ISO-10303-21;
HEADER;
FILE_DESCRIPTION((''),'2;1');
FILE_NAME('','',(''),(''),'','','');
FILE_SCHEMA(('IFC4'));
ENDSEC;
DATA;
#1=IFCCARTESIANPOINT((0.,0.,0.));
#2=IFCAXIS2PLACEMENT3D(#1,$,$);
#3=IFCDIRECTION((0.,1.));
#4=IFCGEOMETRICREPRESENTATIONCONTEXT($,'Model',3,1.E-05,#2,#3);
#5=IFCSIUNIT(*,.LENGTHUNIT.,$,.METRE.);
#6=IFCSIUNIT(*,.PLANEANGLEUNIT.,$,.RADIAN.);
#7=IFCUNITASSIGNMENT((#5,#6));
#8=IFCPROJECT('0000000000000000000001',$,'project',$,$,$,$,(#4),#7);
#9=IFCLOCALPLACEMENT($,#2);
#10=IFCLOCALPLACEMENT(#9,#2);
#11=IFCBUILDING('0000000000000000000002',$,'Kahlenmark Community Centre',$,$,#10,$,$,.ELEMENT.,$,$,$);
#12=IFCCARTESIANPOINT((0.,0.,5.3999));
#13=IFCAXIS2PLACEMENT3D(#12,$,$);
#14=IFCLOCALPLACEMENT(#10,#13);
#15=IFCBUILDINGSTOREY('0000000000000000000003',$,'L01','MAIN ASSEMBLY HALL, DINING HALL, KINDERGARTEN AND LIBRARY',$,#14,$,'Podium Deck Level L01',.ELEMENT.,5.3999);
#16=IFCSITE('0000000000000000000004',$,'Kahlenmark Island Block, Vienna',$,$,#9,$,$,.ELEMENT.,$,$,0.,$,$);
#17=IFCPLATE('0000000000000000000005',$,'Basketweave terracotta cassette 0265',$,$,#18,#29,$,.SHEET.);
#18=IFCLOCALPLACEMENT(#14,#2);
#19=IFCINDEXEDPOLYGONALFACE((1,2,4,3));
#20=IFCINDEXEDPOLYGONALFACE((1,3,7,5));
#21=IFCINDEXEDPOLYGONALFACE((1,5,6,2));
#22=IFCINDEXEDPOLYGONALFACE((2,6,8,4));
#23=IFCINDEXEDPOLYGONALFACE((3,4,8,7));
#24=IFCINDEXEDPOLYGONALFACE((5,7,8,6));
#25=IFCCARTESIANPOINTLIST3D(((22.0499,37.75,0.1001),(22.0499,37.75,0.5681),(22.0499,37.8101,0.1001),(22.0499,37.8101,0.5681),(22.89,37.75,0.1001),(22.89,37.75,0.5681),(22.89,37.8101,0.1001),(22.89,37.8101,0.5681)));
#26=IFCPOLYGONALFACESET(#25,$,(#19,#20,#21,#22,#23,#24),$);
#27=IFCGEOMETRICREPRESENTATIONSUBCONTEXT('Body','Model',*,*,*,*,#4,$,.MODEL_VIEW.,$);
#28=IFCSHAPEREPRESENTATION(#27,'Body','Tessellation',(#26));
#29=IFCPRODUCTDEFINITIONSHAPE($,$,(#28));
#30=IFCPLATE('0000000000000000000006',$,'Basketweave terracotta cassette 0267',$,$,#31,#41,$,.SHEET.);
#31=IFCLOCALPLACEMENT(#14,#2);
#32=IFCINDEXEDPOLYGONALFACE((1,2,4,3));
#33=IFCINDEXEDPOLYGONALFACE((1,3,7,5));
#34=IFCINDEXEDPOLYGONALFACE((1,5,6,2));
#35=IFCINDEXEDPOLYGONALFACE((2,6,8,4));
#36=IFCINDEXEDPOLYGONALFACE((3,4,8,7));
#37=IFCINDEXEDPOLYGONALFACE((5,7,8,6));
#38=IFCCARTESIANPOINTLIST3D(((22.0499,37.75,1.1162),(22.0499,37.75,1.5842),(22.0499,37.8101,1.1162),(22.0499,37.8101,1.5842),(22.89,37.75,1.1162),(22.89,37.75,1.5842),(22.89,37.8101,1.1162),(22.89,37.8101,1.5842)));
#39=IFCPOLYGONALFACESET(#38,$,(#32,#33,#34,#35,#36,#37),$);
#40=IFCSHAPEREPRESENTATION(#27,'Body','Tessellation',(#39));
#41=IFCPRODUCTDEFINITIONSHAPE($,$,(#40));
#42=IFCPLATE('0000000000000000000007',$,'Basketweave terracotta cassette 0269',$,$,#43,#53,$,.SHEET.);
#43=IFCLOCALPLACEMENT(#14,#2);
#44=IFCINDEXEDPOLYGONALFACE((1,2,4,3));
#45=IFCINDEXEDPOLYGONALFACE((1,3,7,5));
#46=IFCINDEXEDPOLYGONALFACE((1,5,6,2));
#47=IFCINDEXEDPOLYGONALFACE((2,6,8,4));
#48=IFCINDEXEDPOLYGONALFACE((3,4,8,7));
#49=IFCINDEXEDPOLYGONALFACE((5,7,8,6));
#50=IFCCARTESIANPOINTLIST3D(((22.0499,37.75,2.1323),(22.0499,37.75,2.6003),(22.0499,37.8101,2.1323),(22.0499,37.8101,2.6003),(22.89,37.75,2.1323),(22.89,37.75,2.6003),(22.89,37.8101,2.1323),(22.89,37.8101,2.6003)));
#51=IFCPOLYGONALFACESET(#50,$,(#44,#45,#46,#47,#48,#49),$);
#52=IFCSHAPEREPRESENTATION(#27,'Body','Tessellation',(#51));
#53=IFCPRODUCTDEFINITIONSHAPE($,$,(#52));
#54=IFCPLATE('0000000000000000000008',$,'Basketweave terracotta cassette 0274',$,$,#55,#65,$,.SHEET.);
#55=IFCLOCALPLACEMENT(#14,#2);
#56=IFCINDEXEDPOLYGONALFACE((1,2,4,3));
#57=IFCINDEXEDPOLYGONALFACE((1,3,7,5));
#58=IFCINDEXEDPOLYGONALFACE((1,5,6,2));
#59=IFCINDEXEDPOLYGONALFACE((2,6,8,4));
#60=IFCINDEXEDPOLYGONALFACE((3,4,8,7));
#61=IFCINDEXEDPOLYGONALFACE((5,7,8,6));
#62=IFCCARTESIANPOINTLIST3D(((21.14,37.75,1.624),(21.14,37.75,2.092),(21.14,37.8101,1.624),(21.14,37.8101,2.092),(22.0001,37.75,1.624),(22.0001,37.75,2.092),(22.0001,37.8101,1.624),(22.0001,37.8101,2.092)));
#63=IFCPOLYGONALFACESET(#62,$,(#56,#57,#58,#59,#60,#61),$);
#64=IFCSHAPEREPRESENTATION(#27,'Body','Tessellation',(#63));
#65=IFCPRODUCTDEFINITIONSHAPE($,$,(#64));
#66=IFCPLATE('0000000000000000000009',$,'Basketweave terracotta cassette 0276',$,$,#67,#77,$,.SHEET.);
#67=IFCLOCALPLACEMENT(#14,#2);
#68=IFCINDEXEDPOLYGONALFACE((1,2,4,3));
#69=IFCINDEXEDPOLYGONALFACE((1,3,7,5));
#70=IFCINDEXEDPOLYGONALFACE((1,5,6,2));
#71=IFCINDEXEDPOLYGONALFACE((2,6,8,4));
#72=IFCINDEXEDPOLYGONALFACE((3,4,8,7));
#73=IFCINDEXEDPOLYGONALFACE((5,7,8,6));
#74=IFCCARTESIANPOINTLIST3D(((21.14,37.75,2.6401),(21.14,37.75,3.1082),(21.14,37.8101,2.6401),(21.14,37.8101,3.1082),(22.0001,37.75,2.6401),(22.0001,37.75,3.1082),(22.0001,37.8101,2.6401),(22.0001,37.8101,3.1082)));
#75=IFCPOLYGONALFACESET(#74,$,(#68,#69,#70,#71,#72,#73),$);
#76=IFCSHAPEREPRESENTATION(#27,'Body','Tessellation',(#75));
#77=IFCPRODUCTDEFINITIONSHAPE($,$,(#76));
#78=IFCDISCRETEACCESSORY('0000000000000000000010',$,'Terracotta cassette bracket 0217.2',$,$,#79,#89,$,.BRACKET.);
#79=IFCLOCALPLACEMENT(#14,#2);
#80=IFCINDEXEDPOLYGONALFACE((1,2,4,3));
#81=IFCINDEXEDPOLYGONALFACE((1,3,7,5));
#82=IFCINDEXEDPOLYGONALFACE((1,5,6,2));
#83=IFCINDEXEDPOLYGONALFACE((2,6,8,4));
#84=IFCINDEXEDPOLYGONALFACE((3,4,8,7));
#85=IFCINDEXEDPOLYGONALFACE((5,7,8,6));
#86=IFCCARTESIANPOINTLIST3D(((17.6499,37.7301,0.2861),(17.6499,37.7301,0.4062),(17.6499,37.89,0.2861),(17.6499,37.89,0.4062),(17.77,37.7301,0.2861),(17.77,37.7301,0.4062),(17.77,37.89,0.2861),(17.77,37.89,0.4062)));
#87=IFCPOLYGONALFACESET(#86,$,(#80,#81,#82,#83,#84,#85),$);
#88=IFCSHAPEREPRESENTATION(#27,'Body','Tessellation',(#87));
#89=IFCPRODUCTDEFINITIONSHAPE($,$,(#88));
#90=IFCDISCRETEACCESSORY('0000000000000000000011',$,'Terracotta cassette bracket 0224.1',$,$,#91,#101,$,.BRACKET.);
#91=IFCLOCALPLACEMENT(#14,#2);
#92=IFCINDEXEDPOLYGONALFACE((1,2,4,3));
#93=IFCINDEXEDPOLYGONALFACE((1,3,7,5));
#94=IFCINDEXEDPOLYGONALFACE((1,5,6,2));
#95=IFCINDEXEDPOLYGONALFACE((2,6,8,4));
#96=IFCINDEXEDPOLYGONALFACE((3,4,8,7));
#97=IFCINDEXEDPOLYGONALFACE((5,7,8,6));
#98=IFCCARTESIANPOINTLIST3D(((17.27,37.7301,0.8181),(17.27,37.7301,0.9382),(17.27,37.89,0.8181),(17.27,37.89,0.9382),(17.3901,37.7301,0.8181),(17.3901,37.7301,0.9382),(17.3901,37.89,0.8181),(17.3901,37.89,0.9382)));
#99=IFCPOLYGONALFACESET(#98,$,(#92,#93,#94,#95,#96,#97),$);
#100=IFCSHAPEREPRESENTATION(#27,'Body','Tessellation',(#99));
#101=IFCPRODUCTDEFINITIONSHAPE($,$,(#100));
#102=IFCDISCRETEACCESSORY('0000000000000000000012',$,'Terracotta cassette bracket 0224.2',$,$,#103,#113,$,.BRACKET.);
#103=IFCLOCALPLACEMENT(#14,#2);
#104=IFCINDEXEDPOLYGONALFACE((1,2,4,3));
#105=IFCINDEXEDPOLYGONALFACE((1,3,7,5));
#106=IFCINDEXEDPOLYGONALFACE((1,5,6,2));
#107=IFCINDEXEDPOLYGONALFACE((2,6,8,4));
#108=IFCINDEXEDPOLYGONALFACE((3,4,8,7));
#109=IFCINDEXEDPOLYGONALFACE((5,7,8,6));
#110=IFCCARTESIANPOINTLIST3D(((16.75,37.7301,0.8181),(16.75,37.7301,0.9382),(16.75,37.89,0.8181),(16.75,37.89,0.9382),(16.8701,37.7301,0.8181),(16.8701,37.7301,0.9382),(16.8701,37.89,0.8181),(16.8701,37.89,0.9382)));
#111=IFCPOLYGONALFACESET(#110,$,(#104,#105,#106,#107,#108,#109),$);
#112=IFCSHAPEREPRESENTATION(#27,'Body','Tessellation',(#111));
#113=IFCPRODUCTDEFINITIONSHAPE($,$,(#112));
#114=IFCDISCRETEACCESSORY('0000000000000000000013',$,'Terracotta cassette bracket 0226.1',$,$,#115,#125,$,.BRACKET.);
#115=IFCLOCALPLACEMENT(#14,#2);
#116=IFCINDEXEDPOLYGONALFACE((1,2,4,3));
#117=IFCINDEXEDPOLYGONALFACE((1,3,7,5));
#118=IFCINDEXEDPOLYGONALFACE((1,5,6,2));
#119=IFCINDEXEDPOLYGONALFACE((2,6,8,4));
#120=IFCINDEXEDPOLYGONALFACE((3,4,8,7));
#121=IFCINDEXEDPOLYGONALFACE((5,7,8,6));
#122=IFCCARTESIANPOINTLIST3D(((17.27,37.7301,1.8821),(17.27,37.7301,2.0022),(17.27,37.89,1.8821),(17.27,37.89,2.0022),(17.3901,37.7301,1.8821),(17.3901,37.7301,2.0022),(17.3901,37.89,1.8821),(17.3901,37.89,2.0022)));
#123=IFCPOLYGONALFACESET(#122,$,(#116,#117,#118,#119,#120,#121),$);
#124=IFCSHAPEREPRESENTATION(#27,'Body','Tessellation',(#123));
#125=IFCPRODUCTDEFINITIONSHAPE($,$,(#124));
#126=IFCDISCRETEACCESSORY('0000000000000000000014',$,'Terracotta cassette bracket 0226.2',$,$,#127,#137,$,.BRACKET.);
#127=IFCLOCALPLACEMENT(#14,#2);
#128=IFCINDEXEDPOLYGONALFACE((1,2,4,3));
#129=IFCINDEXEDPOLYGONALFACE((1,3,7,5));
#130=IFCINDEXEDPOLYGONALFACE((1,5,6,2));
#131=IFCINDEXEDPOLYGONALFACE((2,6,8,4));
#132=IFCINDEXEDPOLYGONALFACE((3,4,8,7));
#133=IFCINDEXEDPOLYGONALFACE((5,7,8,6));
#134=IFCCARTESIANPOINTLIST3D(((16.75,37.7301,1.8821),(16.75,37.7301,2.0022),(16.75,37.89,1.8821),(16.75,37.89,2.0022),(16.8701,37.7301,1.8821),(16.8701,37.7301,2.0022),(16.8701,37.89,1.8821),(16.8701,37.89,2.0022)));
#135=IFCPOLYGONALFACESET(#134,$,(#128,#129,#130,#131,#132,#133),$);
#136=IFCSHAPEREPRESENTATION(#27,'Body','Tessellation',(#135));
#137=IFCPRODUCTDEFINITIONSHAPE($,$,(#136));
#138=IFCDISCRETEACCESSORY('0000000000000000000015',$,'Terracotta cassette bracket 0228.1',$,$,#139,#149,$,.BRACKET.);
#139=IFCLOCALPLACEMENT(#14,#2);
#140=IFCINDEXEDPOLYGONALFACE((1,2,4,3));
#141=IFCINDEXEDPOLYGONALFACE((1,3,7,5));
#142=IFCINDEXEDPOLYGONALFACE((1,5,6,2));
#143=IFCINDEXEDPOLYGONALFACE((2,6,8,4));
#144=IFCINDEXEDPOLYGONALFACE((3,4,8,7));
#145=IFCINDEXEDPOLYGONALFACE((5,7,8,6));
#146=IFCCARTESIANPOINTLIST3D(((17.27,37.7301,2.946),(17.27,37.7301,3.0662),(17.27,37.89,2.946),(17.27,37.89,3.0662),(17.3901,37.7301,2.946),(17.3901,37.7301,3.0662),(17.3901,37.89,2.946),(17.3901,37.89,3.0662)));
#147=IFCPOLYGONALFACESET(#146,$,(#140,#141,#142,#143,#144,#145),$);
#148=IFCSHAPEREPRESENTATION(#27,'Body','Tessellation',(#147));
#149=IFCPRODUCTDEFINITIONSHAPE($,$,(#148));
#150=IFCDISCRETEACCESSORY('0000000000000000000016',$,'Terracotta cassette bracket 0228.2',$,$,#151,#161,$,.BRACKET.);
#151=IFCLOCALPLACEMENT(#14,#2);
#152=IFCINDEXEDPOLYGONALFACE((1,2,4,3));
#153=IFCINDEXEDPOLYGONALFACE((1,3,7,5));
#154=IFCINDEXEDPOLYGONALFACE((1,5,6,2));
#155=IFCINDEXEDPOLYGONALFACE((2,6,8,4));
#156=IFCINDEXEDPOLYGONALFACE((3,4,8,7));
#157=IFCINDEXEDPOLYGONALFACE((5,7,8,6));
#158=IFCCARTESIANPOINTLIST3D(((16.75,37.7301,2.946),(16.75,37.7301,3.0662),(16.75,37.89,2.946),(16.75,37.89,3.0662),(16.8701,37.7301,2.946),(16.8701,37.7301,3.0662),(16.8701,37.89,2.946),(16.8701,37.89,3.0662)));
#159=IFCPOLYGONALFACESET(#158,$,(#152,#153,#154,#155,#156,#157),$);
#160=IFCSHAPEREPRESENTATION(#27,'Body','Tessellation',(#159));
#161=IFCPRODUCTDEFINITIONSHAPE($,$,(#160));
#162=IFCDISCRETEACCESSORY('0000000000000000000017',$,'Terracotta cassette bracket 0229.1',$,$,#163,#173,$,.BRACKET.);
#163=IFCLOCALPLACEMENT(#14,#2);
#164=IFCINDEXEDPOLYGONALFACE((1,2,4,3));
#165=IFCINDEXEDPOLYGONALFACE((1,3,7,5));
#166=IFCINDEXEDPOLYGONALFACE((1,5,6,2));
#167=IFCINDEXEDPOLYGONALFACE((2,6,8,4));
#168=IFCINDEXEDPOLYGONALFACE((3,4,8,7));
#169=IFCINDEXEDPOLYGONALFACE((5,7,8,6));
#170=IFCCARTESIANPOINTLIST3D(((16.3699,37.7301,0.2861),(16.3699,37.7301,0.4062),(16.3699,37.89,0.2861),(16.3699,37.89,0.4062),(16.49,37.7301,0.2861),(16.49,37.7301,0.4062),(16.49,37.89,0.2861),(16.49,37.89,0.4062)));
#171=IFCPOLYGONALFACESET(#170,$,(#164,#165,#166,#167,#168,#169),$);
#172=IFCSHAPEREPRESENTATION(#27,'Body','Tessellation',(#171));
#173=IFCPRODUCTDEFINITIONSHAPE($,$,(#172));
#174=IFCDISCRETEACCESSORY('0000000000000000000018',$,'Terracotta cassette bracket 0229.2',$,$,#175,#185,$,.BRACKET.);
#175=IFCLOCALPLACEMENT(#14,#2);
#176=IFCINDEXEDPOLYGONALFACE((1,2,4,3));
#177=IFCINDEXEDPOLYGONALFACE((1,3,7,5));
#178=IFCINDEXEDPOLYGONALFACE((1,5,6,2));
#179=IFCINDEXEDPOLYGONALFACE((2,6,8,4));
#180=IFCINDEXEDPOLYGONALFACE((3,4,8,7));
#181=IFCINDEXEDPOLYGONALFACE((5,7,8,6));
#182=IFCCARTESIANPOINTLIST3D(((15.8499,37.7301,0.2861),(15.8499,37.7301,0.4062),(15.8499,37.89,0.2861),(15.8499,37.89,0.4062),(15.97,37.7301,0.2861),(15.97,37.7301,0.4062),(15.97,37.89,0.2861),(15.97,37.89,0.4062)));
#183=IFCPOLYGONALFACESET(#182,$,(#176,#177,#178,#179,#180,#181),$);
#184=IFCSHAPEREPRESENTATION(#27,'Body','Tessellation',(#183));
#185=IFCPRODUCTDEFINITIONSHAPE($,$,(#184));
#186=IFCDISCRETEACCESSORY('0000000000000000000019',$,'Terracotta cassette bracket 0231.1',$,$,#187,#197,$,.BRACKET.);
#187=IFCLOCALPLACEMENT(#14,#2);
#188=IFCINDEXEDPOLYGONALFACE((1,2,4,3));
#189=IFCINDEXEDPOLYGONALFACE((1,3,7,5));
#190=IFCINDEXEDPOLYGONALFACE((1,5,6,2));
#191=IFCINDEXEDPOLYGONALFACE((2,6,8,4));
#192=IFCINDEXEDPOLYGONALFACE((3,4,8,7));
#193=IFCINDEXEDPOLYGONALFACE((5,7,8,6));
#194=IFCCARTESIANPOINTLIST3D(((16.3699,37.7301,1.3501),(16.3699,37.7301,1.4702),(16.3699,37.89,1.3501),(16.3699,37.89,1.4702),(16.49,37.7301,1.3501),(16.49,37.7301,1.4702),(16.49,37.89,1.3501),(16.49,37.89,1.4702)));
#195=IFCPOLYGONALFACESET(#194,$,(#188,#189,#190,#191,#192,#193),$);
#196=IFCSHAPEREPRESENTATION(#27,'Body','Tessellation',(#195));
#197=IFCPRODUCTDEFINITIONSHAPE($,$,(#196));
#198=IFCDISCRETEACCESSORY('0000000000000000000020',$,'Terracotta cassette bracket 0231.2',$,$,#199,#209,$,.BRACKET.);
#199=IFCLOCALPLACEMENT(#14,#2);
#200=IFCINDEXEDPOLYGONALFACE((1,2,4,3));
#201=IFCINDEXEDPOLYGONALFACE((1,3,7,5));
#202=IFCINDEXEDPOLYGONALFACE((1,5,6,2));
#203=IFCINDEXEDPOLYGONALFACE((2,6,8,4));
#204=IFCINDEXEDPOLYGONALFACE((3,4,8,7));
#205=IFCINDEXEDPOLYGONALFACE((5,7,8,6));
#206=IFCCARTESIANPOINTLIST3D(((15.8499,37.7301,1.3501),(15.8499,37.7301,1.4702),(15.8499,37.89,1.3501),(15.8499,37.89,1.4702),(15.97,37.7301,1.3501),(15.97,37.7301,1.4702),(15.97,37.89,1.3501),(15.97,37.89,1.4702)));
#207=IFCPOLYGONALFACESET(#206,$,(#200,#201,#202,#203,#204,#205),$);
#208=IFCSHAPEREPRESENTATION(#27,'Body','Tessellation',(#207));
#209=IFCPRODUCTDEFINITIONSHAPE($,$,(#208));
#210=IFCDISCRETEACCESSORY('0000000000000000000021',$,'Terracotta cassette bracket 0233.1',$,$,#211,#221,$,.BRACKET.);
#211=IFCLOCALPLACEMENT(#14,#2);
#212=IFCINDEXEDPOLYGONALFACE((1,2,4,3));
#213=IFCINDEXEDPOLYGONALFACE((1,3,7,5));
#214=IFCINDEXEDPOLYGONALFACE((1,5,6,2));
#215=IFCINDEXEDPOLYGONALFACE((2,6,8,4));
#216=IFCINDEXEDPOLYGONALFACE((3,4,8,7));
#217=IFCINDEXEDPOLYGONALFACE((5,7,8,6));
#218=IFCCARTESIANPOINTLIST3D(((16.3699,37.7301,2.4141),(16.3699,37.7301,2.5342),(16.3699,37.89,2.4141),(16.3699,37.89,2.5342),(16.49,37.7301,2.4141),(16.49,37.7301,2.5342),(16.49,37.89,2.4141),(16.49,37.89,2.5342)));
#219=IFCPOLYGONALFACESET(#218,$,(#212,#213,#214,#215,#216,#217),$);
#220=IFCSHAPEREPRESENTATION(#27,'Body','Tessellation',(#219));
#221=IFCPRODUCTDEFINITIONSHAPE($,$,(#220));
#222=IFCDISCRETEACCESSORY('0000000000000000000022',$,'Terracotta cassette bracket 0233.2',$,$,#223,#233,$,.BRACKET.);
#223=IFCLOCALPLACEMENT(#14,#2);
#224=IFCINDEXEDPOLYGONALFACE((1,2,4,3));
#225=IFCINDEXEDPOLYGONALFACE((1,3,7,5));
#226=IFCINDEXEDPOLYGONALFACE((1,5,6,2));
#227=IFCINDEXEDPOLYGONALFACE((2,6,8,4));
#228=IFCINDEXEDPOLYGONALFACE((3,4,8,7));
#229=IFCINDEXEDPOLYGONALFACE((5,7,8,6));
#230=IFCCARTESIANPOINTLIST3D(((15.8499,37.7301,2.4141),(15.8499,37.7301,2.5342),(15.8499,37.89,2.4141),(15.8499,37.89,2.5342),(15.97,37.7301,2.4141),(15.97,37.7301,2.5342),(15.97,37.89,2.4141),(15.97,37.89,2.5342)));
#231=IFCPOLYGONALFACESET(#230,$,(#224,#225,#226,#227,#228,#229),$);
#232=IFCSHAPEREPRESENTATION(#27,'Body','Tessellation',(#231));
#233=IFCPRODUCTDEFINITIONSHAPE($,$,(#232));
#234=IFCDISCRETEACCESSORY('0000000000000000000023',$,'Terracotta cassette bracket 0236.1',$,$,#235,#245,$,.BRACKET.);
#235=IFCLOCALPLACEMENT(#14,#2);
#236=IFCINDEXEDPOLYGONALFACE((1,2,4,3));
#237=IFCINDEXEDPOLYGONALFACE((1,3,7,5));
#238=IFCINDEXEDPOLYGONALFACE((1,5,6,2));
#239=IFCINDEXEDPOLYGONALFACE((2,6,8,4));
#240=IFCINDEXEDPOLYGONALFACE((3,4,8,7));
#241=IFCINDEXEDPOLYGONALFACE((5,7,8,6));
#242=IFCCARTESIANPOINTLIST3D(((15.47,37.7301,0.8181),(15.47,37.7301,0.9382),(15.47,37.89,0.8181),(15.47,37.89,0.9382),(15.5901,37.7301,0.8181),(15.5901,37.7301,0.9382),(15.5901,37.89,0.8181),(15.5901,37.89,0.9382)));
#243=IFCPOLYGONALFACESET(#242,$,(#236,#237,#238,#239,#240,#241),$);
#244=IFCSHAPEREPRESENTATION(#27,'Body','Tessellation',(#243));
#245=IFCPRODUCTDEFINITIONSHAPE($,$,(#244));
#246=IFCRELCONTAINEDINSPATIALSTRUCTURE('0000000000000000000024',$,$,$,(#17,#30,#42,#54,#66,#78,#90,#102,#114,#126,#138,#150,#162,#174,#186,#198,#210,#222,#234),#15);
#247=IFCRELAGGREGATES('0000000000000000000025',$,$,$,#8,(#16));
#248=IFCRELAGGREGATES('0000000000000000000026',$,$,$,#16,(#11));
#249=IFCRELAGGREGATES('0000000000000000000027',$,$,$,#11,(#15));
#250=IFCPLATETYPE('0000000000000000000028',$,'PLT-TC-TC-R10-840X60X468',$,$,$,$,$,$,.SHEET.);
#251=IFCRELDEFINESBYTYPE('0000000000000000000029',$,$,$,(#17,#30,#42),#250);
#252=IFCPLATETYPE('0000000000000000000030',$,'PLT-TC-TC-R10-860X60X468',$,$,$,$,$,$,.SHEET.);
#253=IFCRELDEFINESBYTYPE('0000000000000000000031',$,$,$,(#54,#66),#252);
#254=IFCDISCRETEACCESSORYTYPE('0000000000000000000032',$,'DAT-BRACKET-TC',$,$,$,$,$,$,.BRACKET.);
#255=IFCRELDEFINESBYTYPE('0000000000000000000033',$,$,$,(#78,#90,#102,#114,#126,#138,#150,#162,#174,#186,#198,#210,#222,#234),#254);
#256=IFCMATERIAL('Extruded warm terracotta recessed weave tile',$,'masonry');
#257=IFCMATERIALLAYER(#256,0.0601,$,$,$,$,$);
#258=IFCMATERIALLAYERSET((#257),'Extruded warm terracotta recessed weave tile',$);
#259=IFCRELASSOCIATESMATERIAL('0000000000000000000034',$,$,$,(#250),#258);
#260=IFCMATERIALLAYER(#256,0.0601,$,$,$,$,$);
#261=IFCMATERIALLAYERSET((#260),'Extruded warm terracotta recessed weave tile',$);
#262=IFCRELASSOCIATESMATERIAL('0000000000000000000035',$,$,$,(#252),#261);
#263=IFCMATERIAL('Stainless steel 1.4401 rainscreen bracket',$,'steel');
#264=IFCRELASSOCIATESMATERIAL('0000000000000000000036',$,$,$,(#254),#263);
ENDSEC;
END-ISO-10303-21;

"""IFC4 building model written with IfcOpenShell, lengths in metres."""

from ifc_helpers import new_model, si_unit, direction, frame, origin, origin_2d, place, context, subcontext, project, spatial, rectangle, extrude, material, layer, layer_set, type_object, element, save


model = new_model("IFC4")

# Units and contexts
model_context = context("Model", 3, precision=1e-05, world=origin(), true_north=direction((0.0, 1.0)))
body_context = subcontext(model_context, "Body", "Model", "MODEL_VIEW")
ifc_project = project(units=[si_unit("LENGTHUNIT", "METRE"), si_unit("PLANEANGLEUNIT", "RADIAN")], contexts=[model_context])

# Site, building, storey
site_placement = place(None, origin())
site = spatial("IfcSite", under=ifc_project, at=site_placement, Name="Kahlenmark Island Block, Vienna", CompositionType="ELEMENT", RefElevation=0.0)
building_placement = place(site_placement, origin())
building = spatial("IfcBuilding", under=site, at=building_placement, Name="Kahlenmark Community Centre", CompositionType="ELEMENT")
storey_placement = place(building_placement, frame((0.0, 0.0, 5.3999)))
storey = spatial("IfcBuildingStorey", under=building, at=storey_placement, Name="L01", Description="MAIN ASSEMBLY HALL, DINING HALL, KINDERGARTEN AND LIBRARY", LongName="Podium Deck Level L01", CompositionType="ELEMENT", Elevation=5.3999)

# Plates
ifc_material_1 = material(Name="Extruded warm terracotta recessed weave tile", Category="masonry")
ifc_layer_1 = layer(ifc_material_1, 0.0601)
ifc_layer_set_1 = layer_set([ifc_layer_1], Name="Extruded warm terracotta recessed weave tile")
plate_type_1 = type_object("IfcPlateType", Name="PLT-TC-TC-R10-840X60X468", PredefinedType="SHEET", material=ifc_layer_set_1)
for number, where, z_axis, x_axis, name in (
    (1, (22.47, 37.78, 0.1001), (0.0, 0.0, 1.0), (-1.0, 0.0, 0.0), "Basketweave terracotta cassette 0265"),
    (2, (22.47, 37.78, 1.1162), (0.0, 0.0, 1.0), (-1.0, 0.0, 0.0), "Basketweave terracotta cassette 0267"),
    (3, (22.47, 37.78, 2.1323), (0.0, 0.0, 1.0), (-1.0, 0.0, 0.0), "Basketweave terracotta cassette 0269"),
):
    element("IfcPlate", number, at=place(storey_placement, frame(where, z_axis=z_axis, x_axis=x_axis)), inside=storey, type_object=plate_type_1, Name=name, PredefinedType="SHEET", context=body_context, shape_type="SweptSolid", body=[
        extrude(rectangle(XDim=0.8401, YDim=0.0601, at=origin_2d()), origin(), (0.0, 0.0, 1.0), 0.468),
    ])
ifc_layer_2 = layer(ifc_material_1, 0.0601)
ifc_layer_set_2 = layer_set([ifc_layer_2], Name="Extruded warm terracotta recessed weave tile")
plate_type_2 = type_object("IfcPlateType", Name="PLT-TC-TC-R10-860X60X468", PredefinedType="SHEET", material=ifc_layer_set_2)
for number, where, z_axis, x_axis, name in (
    (4, (21.5701, 37.78, 1.624), (0.0, 0.0, 1.0), (-1.0, 0.0, 0.0), "Basketweave terracotta cassette 0274"),
    (5, (21.5701, 37.78, 2.6401), (0.0, 0.0, 1.0), (-1.0, 0.0, 0.0), "Basketweave terracotta cassette 0276"),
):
    element("IfcPlate", number, at=place(storey_placement, frame(where, z_axis=z_axis, x_axis=x_axis)), inside=storey, type_object=plate_type_2, Name=name, PredefinedType="SHEET", context=body_context, shape_type="SweptSolid", body=[
        extrude(rectangle(XDim=0.8601, YDim=0.0601, at=origin_2d()), origin(), (0.0, 0.0, 1.0), 0.468),
    ])

# Discrete accessories
ifc_material_2 = material(Name="Stainless steel 1.4401 rainscreen bracket", Category="steel")
discrete_accessory_type = type_object("IfcDiscreteAccessoryType", Name="DAT-BRACKET-TC", PredefinedType="BRACKET", material=ifc_material_2)
for number, where, z_axis, x_axis, name in (
    (6, (17.71, 37.8101, 0.2861), (0.0, 0.0, 1.0), (-1.0, 0.0, 0.0), "Terracotta cassette bracket 0217.2"),
    (7, (17.3301, 37.8101, 0.8181), (0.0, 0.0, 1.0), (-1.0, 0.0, 0.0), "Terracotta cassette bracket 0224.1"),
    (8, (16.8101, 37.8101, 0.8181), (0.0, 0.0, 1.0), (-1.0, 0.0, 0.0), "Terracotta cassette bracket 0224.2"),
    (9, (17.3301, 37.8101, 1.8821), (0.0, 0.0, 1.0), (-1.0, 0.0, 0.0), "Terracotta cassette bracket 0226.1"),
    (10, (16.8101, 37.8101, 1.8821), (0.0, 0.0, 1.0), (-1.0, 0.0, 0.0), "Terracotta cassette bracket 0226.2"),
    (11, (17.3301, 37.8101, 2.946), (0.0, 0.0, 1.0), (-1.0, 0.0, 0.0), "Terracotta cassette bracket 0228.1"),
    (12, (16.8101, 37.8101, 2.946), (0.0, 0.0, 1.0), (-1.0, 0.0, 0.0), "Terracotta cassette bracket 0228.2"),
    (13, (16.4299, 37.8101, 0.2861), (0.0, 0.0, 1.0), (-1.0, 0.0, 0.0), "Terracotta cassette bracket 0229.1"),
    (14, (15.9099, 37.8101, 0.2861), (0.0, 0.0, 1.0), (-1.0, 0.0, 0.0), "Terracotta cassette bracket 0229.2"),
    (15, (16.4299, 37.8101, 1.3501), (0.0, 0.0, 1.0), (-1.0, 0.0, 0.0), "Terracotta cassette bracket 0231.1"),
    (16, (15.9099, 37.8101, 1.3501), (0.0, 0.0, 1.0), (-1.0, 0.0, 0.0), "Terracotta cassette bracket 0231.2"),
    (17, (16.4299, 37.8101, 2.4141), (0.0, 0.0, 1.0), (-1.0, 0.0, 0.0), "Terracotta cassette bracket 0233.1"),
    (18, (15.9099, 37.8101, 2.4141), (0.0, 0.0, 1.0), (-1.0, 0.0, 0.0), "Terracotta cassette bracket 0233.2"),
    (19, (15.53, 37.8101, 0.8181), (0.0, 0.0, 1.0), (-1.0, 0.0, 0.0), "Terracotta cassette bracket 0236.1"),
):
    element("IfcDiscreteAccessory", number, at=place(storey_placement, frame(where, z_axis=z_axis, x_axis=x_axis)), inside=storey, type_object=discrete_accessory_type, Name=name, PredefinedType="BRACKET", context=body_context, shape_type="SweptSolid", body=[
        extrude(rectangle(XDim=0.1201, YDim=0.1599, at=origin_2d()), origin(), (0.0, 0.0, 1.0), 0.1201),
    ])

save(model, "model.ifc")
